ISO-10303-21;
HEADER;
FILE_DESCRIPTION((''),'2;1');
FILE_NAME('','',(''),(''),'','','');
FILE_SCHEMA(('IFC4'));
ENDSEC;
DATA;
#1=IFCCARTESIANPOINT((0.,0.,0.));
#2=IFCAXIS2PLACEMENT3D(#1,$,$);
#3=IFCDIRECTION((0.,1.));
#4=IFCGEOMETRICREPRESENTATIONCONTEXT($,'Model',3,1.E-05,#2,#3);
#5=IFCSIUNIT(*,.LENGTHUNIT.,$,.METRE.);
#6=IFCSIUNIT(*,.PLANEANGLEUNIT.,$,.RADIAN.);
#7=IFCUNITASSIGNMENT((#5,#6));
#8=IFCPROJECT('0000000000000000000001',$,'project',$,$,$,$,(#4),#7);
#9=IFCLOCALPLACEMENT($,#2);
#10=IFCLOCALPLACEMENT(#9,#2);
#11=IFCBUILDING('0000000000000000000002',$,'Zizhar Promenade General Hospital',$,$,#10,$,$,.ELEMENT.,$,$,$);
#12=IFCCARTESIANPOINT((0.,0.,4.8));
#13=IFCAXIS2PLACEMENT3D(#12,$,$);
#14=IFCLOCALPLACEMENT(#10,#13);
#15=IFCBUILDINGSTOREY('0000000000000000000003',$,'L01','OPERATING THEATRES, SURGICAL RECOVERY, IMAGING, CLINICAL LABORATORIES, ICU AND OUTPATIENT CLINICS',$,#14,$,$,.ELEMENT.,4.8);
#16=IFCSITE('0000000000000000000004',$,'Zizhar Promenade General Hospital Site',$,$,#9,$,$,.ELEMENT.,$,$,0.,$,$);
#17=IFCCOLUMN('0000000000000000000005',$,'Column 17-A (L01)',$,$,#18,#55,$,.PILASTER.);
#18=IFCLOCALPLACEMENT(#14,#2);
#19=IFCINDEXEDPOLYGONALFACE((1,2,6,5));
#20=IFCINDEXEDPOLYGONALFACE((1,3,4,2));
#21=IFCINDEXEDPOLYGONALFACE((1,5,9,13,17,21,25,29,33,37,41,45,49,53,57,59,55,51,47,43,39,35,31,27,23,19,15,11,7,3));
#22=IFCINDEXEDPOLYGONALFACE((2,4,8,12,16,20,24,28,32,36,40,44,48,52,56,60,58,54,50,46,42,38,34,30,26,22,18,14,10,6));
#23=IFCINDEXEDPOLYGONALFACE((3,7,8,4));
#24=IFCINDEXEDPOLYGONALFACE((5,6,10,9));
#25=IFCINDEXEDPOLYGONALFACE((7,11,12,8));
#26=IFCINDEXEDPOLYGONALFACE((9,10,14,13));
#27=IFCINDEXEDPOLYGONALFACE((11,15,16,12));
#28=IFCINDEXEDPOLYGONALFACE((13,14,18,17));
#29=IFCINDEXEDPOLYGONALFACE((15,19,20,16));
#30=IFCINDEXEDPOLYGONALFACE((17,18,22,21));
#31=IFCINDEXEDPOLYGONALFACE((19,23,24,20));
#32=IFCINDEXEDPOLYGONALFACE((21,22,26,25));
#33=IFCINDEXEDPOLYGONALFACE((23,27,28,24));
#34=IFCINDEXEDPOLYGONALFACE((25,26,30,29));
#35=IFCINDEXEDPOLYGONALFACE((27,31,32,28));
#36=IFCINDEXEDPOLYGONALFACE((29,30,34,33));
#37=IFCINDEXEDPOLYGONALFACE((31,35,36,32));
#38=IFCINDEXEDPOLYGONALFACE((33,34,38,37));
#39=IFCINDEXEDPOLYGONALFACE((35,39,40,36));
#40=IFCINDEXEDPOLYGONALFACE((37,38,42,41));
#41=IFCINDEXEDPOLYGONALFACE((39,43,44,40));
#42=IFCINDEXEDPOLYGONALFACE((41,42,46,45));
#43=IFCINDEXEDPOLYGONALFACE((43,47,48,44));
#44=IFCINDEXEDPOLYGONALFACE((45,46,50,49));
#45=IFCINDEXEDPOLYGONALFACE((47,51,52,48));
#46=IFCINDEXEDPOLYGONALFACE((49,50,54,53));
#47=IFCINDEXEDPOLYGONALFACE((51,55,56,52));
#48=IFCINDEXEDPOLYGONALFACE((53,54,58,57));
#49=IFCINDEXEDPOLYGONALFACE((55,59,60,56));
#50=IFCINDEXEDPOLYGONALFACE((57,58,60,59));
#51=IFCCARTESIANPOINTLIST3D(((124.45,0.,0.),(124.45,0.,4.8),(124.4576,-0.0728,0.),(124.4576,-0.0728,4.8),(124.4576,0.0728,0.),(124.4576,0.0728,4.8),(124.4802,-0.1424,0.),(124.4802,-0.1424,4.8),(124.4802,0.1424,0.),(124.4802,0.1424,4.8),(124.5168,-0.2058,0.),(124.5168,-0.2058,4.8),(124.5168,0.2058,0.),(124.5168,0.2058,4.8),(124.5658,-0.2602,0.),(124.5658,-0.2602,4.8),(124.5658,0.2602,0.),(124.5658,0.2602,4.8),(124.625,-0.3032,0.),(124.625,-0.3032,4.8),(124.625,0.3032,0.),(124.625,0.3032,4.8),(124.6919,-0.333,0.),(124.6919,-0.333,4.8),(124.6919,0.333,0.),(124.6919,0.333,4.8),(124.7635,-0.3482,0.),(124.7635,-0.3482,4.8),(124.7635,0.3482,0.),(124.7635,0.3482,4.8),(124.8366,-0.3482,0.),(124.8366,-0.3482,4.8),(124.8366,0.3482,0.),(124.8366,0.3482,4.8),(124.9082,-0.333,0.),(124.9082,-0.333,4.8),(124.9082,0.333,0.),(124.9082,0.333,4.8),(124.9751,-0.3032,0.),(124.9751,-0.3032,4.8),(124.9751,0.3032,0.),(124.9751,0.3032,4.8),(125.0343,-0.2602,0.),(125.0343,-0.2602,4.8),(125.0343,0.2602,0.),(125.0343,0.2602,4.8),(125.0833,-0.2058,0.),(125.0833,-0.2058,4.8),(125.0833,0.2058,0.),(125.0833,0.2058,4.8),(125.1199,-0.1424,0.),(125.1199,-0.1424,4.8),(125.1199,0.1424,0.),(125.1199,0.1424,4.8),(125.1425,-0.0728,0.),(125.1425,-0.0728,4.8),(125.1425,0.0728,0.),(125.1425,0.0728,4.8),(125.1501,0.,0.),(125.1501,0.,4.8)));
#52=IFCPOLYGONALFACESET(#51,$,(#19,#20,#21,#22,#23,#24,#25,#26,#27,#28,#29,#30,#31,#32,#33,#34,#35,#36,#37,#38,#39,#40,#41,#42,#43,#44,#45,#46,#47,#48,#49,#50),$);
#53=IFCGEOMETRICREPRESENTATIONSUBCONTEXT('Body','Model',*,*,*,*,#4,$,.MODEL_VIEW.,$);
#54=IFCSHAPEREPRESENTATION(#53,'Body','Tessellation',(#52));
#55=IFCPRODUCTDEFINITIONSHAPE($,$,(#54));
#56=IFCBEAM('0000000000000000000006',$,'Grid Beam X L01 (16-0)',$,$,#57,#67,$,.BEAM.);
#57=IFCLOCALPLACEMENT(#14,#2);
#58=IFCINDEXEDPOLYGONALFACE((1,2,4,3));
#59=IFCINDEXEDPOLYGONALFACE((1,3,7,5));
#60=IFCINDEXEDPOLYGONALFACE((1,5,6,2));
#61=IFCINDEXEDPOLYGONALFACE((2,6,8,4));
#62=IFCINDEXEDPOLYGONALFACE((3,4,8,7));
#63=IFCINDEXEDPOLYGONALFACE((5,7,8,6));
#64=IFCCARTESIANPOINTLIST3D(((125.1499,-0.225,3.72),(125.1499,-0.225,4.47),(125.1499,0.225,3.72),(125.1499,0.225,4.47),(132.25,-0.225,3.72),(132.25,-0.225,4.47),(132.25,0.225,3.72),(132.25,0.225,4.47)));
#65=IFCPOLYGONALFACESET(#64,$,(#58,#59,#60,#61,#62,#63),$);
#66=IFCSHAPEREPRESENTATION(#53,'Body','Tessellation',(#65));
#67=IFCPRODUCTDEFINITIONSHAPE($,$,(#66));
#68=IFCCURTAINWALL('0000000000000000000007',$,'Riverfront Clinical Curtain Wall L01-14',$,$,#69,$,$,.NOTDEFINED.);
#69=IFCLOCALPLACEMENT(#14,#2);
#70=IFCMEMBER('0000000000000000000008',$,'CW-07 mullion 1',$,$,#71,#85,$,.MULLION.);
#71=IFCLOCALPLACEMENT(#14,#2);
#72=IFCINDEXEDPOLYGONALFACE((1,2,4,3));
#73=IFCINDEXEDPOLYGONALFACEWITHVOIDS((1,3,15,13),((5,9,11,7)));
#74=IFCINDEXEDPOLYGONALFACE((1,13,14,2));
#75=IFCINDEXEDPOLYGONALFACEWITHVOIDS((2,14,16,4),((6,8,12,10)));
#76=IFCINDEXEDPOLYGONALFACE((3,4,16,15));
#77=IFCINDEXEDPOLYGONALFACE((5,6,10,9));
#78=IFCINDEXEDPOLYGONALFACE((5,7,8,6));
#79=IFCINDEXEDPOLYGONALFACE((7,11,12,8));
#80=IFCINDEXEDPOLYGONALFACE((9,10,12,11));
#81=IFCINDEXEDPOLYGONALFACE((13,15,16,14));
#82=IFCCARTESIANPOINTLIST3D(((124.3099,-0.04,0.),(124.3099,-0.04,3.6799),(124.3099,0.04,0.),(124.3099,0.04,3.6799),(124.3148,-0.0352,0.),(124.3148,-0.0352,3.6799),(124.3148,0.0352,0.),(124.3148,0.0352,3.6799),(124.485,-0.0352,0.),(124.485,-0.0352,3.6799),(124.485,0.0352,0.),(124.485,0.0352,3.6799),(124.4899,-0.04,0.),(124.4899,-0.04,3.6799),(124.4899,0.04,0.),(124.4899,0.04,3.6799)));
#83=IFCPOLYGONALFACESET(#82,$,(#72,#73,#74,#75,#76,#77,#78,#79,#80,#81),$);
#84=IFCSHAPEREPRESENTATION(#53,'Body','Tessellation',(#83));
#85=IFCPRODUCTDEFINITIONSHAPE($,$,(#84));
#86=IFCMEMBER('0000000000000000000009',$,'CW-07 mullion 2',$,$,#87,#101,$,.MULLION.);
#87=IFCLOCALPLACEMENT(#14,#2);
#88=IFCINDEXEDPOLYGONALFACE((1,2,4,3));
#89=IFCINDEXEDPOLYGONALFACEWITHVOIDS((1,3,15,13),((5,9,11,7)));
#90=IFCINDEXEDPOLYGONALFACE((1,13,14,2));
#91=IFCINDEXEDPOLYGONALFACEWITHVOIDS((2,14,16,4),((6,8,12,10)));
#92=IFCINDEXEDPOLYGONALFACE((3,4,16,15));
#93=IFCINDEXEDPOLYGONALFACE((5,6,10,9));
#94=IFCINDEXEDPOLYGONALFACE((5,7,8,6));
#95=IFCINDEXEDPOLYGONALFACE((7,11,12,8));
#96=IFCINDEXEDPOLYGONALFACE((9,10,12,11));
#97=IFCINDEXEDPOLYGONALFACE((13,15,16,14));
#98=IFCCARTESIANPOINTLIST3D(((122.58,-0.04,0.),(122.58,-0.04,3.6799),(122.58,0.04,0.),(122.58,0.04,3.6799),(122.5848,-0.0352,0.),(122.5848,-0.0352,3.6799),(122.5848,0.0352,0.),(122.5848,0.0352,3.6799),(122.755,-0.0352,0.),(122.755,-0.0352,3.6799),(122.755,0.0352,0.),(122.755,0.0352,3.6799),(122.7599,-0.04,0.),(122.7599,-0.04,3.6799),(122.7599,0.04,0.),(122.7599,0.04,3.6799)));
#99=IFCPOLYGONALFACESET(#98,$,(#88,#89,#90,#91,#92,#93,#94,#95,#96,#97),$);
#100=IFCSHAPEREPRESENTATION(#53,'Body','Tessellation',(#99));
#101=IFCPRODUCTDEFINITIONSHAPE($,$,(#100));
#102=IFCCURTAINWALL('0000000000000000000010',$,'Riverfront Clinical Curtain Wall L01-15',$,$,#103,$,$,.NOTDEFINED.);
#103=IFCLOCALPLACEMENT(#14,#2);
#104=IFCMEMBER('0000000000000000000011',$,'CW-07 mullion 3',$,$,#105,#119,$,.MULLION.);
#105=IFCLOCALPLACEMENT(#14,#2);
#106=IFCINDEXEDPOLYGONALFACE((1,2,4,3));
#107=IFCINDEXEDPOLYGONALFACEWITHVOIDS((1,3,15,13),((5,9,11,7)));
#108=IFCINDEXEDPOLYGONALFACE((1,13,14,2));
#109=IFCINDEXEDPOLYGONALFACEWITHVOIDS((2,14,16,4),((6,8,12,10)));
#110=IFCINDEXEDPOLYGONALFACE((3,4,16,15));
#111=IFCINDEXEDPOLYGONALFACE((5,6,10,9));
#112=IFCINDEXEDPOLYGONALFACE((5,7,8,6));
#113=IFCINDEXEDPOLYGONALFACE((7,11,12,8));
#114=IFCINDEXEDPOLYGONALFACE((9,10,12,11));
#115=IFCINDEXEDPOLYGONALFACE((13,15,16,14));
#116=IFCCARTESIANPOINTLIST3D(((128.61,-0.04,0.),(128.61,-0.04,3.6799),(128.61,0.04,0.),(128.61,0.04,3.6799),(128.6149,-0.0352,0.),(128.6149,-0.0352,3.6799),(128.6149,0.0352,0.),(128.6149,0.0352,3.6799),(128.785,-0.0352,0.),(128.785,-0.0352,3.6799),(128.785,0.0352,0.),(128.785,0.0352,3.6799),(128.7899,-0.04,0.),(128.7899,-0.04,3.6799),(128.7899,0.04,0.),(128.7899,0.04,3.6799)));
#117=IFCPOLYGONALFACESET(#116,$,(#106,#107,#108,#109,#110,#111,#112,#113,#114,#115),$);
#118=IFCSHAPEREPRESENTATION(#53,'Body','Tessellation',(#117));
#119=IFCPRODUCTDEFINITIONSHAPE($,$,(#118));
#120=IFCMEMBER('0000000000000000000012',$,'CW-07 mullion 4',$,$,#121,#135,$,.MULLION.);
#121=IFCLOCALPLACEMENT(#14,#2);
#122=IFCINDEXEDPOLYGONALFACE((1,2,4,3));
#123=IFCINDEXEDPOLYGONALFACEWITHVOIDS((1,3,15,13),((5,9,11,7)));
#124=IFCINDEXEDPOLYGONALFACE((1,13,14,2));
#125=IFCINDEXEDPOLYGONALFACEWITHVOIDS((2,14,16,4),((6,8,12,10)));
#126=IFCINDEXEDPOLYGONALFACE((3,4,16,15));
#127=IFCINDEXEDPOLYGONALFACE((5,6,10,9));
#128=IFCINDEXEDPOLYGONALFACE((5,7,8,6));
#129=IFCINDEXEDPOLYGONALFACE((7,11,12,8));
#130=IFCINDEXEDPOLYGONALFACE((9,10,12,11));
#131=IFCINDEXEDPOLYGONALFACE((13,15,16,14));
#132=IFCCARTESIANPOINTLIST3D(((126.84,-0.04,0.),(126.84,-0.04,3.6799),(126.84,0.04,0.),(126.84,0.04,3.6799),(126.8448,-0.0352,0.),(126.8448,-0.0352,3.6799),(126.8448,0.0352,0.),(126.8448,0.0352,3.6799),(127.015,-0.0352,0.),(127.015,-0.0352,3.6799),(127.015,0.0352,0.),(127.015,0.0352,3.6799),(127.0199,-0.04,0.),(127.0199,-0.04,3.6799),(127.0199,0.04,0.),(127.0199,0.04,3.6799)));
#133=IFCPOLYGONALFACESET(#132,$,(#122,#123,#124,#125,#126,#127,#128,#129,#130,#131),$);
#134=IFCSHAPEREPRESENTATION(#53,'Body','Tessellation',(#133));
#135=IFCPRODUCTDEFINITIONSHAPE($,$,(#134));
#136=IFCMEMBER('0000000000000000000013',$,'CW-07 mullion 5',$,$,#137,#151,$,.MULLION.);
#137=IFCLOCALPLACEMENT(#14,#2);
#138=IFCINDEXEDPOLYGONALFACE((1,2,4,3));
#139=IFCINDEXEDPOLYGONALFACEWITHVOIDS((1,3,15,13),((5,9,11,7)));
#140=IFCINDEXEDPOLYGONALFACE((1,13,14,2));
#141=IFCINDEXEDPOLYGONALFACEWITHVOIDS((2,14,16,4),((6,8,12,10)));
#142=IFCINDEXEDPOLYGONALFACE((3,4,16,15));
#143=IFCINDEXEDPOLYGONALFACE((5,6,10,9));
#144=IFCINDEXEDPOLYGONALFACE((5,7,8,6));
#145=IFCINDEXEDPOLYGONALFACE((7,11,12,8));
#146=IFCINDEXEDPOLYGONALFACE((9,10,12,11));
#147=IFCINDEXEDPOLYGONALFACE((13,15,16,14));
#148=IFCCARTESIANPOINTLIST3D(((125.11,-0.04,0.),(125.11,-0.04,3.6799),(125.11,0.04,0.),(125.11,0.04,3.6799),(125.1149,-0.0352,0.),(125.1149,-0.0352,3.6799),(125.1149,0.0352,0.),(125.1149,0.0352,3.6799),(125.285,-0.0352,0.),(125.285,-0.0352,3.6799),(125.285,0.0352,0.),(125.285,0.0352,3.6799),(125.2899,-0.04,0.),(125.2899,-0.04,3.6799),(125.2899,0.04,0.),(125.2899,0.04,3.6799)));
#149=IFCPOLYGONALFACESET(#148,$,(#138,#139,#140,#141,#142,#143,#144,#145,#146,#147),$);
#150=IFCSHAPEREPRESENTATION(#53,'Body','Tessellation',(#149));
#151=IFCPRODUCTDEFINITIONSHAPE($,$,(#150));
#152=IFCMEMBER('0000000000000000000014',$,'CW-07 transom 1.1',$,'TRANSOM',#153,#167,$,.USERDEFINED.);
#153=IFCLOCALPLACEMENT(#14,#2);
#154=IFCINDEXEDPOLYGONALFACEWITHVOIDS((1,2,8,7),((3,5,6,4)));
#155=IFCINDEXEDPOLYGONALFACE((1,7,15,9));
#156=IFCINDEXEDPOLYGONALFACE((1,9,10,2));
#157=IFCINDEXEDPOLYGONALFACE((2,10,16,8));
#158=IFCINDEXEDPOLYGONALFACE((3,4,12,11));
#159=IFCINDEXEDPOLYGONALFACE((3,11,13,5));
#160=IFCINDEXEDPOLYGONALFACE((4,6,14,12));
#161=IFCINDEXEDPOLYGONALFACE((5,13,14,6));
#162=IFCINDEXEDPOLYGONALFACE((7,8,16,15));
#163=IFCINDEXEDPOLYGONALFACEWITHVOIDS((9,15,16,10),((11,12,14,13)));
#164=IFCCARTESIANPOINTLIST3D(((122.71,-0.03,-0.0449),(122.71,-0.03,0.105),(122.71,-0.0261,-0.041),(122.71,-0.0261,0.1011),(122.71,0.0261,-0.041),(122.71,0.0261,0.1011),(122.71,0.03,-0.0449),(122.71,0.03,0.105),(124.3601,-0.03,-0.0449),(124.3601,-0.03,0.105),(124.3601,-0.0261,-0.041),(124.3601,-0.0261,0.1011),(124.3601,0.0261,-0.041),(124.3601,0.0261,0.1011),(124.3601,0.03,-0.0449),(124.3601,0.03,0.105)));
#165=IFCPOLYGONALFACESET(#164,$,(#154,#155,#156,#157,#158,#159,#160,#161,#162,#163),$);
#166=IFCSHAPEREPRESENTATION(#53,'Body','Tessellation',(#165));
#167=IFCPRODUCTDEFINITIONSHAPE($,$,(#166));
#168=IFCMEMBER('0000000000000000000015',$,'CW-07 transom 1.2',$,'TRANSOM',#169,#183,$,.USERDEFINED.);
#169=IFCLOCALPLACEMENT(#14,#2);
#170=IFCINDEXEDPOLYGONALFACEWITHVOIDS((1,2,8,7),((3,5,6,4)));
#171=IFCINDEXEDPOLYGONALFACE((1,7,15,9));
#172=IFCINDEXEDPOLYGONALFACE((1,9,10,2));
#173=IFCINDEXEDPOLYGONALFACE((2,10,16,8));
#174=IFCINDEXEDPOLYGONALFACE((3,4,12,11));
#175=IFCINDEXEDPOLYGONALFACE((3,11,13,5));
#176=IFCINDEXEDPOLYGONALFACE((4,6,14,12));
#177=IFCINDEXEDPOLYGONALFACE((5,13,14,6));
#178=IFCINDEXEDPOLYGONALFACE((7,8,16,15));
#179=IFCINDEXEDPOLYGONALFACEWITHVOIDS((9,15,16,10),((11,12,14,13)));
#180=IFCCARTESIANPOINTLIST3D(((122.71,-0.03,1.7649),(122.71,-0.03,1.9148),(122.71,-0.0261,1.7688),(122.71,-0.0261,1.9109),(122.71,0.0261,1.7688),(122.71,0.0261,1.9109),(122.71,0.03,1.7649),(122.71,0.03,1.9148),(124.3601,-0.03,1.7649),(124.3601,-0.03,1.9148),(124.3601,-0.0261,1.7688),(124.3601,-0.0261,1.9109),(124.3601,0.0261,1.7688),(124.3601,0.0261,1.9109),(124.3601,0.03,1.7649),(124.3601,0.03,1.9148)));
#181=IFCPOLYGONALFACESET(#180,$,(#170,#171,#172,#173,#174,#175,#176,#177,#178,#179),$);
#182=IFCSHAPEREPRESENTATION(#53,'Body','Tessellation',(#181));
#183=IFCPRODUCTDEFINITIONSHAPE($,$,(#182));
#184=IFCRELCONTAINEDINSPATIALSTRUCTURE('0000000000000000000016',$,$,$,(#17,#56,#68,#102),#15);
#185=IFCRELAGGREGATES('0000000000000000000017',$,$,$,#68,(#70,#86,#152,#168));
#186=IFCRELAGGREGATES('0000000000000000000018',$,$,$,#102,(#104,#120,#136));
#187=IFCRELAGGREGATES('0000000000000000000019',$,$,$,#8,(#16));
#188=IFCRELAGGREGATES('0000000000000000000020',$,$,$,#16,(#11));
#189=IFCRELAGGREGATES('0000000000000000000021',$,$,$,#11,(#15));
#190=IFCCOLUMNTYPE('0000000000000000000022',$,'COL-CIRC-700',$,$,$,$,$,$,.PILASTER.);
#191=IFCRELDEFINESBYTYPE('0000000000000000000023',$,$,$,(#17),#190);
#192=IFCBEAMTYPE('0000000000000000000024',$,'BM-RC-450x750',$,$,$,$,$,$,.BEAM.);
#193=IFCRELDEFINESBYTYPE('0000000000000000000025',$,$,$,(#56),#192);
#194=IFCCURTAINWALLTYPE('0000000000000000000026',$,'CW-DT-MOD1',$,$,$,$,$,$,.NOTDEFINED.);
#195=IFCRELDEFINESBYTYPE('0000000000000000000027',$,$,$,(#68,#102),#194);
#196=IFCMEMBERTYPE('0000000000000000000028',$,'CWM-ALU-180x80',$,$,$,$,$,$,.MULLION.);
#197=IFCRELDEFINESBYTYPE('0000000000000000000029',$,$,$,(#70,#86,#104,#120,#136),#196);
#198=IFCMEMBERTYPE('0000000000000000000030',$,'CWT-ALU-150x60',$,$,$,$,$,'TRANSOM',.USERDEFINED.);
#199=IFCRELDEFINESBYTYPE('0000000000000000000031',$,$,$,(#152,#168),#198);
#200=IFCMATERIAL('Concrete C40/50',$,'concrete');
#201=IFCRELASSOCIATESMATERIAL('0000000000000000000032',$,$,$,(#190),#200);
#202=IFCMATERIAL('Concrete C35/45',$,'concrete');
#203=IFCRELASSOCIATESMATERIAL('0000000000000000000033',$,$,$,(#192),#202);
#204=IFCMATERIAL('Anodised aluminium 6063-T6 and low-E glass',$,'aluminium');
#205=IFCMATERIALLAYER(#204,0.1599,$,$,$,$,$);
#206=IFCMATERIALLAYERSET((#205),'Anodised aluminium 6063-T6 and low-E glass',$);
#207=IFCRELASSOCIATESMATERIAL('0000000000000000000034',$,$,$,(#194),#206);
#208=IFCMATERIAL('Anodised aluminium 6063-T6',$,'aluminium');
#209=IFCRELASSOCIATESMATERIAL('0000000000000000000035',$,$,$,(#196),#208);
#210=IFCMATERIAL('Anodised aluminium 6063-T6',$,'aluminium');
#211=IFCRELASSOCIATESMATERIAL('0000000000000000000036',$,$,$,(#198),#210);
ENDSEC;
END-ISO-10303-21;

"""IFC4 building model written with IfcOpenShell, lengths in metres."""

from ifc_helpers import new_model, si_unit, direction, frame, origin, origin_2d, place, context, subcontext, project, spatial, rectangle, hollow_rectangle, circle, extrude, material, layer, layer_set, material_profile, profile_set, type_object, element, aggregate, save


model = new_model("IFC4")

# Units and contexts
model_context = context("Model", 3, precision=1e-05, world=origin(), true_north=direction((0.0, 1.0)))
body_context = subcontext(model_context, "Body", "Model", "MODEL_VIEW")
ifc_project = project(units=[si_unit("LENGTHUNIT", "METRE"), si_unit("PLANEANGLEUNIT", "RADIAN")], contexts=[model_context])

# Site, building, storey
site_placement = place(None, origin())
site = spatial("IfcSite", under=ifc_project, at=site_placement, Name="Zizhar Promenade General Hospital Site", CompositionType="ELEMENT", RefElevation=0.0)
building_placement = place(site_placement, origin())
building = spatial("IfcBuilding", under=site, at=building_placement, Name="Zizhar Promenade General Hospital", CompositionType="ELEMENT")
storey_placement = place(building_placement, frame((0.0, 0.0, 4.8)))
storey = spatial("IfcBuildingStorey", under=building, at=storey_placement, Name="L01", Description="OPERATING THEATRES, SURGICAL RECOVERY, IMAGING, CLINICAL LABORATORIES, ICU AND OUTPATIENT CLINICS", CompositionType="ELEMENT", Elevation=4.8)

# Column
ifc_material_1 = material(Name="Concrete C40/50", Category="concrete")
ifc_material_profile_1 = material_profile(ifc_material_1, circle(Radius=0.3501, at=origin_2d()))
ifc_profile_set_1 = profile_set([ifc_material_profile_1], Name="Concrete C40/50")
column_type = type_object("IfcColumnType", Name="COL-CIRC-700", PredefinedType="PILASTER", material=ifc_profile_set_1)
column_placement = place(storey_placement, frame((124.8, 0.0, 0.0), z_axis=(0.0, 0.0, 1.0), x_axis=(1.0, 0.0, 0.0)))
element("IfcColumn", 1, at=column_placement, inside=storey, type_object=column_type, Name="Column 17-A (L01)", PredefinedType="PILASTER", context=body_context, shape_type="SweptSolid", body=[
    extrude(circle(Radius=0.3501, at=origin_2d()), origin(), (0.0, 0.0, 1.0), 4.8),
])

# Beam
ifc_material_2 = material(Name="Concrete C35/45", Category="concrete")
ifc_material_profile_2 = material_profile(ifc_material_2, rectangle(XDim=0.45, YDim=0.75, at=origin_2d()))
ifc_profile_set_2 = profile_set([ifc_material_profile_2], Name="Concrete C35/45")
beam_type = type_object("IfcBeamType", Name="BM-RC-450x750", PredefinedType="BEAM", material=ifc_profile_set_2)
beam_placement = place(storey_placement, frame((125.1499, 0.0, 4.095), z_axis=(1.0, 0.0, 0.0), x_axis=(0.0, 1.0, 0.0)))
element("IfcBeam", 2, at=beam_placement, inside=storey, type_object=beam_type, Name="Grid Beam X L01 (16-0)", PredefinedType="BEAM", context=body_context, shape_type="SweptSolid", body=[
    extrude(rectangle(XDim=0.45, YDim=0.75, at=origin_2d()), origin(), (0.0, 0.0, 1.0), 7.1001),
])

# Curtain walls, members
ifc_material_3 = material(Name="Anodised aluminium 6063-T6 and low-E glass", Category="aluminium")
ifc_layer_1 = layer(ifc_material_3, 0.1599)
ifc_layer_set_1 = layer_set([ifc_layer_1], Name="Anodised aluminium 6063-T6 and low-E glass")
curtain_wall_type = type_object("IfcCurtainWallType", Name="CW-DT-MOD1", PredefinedType="NOTDEFINED", material=ifc_layer_set_1)
curtain_wall_1_placement = place(storey_placement, origin())
curtain_wall_1 = element("IfcCurtainWall", 3, at=curtain_wall_1_placement, inside=storey, type_object=curtain_wall_type, Name="Riverfront Clinical Curtain Wall L01-14", PredefinedType="NOTDEFINED")
ifc_material_4 = material(Name="Anodised aluminium 6063-T6", Category="aluminium")
ifc_material_profile_3 = material_profile(ifc_material_4, hollow_rectangle(XDim=0.0801, YDim=0.1799, WallThickness=0.0049, at=origin_2d()))
ifc_profile_set_3 = profile_set([ifc_material_profile_3], Name="Anodised aluminium 6063-T6")
member_type_1 = type_object("IfcMemberType", Name="CWM-ALU-180x80", PredefinedType="MULLION", material=ifc_profile_set_3)
member_1_placement = place(storey_placement, frame((124.3999, 0.0, 0.0), z_axis=(0.0, 0.0, 1.0), x_axis=(0.0, -1.0, 0.0)))
member_1 = element("IfcMember", 4, at=member_1_placement, type_object=member_type_1, Name="CW-07 mullion 1", PredefinedType="MULLION", context=body_context, shape_type="SweptSolid", body=[
    extrude(hollow_rectangle(XDim=0.0801, YDim=0.1799, WallThickness=0.0049, at=origin_2d()), origin(), (0.0, 0.0, 1.0), 3.6799),
])
member_2_placement = place(storey_placement, frame((122.6699, 0.0, 0.0), z_axis=(0.0, 0.0, 1.0), x_axis=(0.0, -1.0, 0.0)))
member_2 = element("IfcMember", 5, at=member_2_placement, type_object=member_type_1, Name="CW-07 mullion 2", PredefinedType="MULLION", context=body_context, shape_type="SweptSolid", body=[
    extrude(hollow_rectangle(XDim=0.0801, YDim=0.1799, WallThickness=0.0049, at=origin_2d()), origin(), (0.0, 0.0, 1.0), 3.6799),
])
curtain_wall_2_placement = place(storey_placement, origin())
curtain_wall_2 = element("IfcCurtainWall", 6, at=curtain_wall_2_placement, inside=storey, type_object=curtain_wall_type, Name="Riverfront Clinical Curtain Wall L01-15", PredefinedType="NOTDEFINED")
member_3_placement = place(storey_placement, frame((128.7, 0.0, 0.0), z_axis=(0.0, 0.0, 1.0), x_axis=(0.0, -1.0, 0.0)))
member_3 = element("IfcMember", 7, at=member_3_placement, type_object=member_type_1, Name="CW-07 mullion 3", PredefinedType="MULLION", context=body_context, shape_type="SweptSolid", body=[
    extrude(hollow_rectangle(XDim=0.0801, YDim=0.1799, WallThickness=0.0049, at=origin_2d()), origin(), (0.0, 0.0, 1.0), 3.6799),
])
member_4_placement = place(storey_placement, frame((126.9299, 0.0, 0.0), z_axis=(0.0, 0.0, 1.0), x_axis=(0.0, -1.0, 0.0)))
member_4 = element("IfcMember", 8, at=member_4_placement, type_object=member_type_1, Name="CW-07 mullion 4", PredefinedType="MULLION", context=body_context, shape_type="SweptSolid", body=[
    extrude(hollow_rectangle(XDim=0.0801, YDim=0.1799, WallThickness=0.0049, at=origin_2d()), origin(), (0.0, 0.0, 1.0), 3.6799),
])
member_5_placement = place(storey_placement, frame((125.2, 0.0, 0.0), z_axis=(0.0, 0.0, 1.0), x_axis=(0.0, -1.0, 0.0)))
member_5 = element("IfcMember", 9, at=member_5_placement, type_object=member_type_1, Name="CW-07 mullion 5", PredefinedType="MULLION", context=body_context, shape_type="SweptSolid", body=[
    extrude(hollow_rectangle(XDim=0.0801, YDim=0.1799, WallThickness=0.0049, at=origin_2d()), origin(), (0.0, 0.0, 1.0), 3.6799),
])

# Members
ifc_material_5 = material(Name="Anodised aluminium 6063-T6", Category="aluminium")
ifc_material_profile_4 = material_profile(ifc_material_5, hollow_rectangle(XDim=0.0601, YDim=0.1499, WallThickness=0.0039, at=origin_2d()))
ifc_profile_set_4 = profile_set([ifc_material_profile_4], Name="Anodised aluminium 6063-T6")
member_type_2 = type_object("IfcMemberType", Name="CWT-ALU-150x60", ElementType="TRANSOM", PredefinedType="USERDEFINED", material=ifc_profile_set_4)
member_6_placement = place(storey_placement, frame((124.3601, 0.0, 0.03), z_axis=(-1.0, 0.0, 0.0), x_axis=(0.0, -1.0, 0.0)))
member_6 = element("IfcMember", 10, at=member_6_placement, type_object=member_type_2, Name="CW-07 transom 1.1", ObjectType="TRANSOM", PredefinedType="USERDEFINED", context=body_context, shape_type="SweptSolid", body=[
    extrude(hollow_rectangle(XDim=0.0601, YDim=0.1499, WallThickness=0.0039, at=origin_2d()), origin(), (0.0, 0.0, 1.0), 1.6501),
])
member_7_placement = place(storey_placement, frame((124.3601, 0.0, 1.8398), z_axis=(-1.0, 0.0, 0.0), x_axis=(0.0, -1.0, 0.0)))
member_7 = element("IfcMember", 11, at=member_7_placement, type_object=member_type_2, Name="CW-07 transom 1.2", ObjectType="TRANSOM", PredefinedType="USERDEFINED", context=body_context, shape_type="SweptSolid", body=[
    extrude(hollow_rectangle(XDim=0.0601, YDim=0.1499, WallThickness=0.0039, at=origin_2d()), origin(), (0.0, 0.0, 1.0), 1.6501),
])

aggregate(curtain_wall_1, [member_1, member_2, member_6, member_7])
aggregate(curtain_wall_2, [member_3, member_4, member_5])

save(model, "model.ifc")
